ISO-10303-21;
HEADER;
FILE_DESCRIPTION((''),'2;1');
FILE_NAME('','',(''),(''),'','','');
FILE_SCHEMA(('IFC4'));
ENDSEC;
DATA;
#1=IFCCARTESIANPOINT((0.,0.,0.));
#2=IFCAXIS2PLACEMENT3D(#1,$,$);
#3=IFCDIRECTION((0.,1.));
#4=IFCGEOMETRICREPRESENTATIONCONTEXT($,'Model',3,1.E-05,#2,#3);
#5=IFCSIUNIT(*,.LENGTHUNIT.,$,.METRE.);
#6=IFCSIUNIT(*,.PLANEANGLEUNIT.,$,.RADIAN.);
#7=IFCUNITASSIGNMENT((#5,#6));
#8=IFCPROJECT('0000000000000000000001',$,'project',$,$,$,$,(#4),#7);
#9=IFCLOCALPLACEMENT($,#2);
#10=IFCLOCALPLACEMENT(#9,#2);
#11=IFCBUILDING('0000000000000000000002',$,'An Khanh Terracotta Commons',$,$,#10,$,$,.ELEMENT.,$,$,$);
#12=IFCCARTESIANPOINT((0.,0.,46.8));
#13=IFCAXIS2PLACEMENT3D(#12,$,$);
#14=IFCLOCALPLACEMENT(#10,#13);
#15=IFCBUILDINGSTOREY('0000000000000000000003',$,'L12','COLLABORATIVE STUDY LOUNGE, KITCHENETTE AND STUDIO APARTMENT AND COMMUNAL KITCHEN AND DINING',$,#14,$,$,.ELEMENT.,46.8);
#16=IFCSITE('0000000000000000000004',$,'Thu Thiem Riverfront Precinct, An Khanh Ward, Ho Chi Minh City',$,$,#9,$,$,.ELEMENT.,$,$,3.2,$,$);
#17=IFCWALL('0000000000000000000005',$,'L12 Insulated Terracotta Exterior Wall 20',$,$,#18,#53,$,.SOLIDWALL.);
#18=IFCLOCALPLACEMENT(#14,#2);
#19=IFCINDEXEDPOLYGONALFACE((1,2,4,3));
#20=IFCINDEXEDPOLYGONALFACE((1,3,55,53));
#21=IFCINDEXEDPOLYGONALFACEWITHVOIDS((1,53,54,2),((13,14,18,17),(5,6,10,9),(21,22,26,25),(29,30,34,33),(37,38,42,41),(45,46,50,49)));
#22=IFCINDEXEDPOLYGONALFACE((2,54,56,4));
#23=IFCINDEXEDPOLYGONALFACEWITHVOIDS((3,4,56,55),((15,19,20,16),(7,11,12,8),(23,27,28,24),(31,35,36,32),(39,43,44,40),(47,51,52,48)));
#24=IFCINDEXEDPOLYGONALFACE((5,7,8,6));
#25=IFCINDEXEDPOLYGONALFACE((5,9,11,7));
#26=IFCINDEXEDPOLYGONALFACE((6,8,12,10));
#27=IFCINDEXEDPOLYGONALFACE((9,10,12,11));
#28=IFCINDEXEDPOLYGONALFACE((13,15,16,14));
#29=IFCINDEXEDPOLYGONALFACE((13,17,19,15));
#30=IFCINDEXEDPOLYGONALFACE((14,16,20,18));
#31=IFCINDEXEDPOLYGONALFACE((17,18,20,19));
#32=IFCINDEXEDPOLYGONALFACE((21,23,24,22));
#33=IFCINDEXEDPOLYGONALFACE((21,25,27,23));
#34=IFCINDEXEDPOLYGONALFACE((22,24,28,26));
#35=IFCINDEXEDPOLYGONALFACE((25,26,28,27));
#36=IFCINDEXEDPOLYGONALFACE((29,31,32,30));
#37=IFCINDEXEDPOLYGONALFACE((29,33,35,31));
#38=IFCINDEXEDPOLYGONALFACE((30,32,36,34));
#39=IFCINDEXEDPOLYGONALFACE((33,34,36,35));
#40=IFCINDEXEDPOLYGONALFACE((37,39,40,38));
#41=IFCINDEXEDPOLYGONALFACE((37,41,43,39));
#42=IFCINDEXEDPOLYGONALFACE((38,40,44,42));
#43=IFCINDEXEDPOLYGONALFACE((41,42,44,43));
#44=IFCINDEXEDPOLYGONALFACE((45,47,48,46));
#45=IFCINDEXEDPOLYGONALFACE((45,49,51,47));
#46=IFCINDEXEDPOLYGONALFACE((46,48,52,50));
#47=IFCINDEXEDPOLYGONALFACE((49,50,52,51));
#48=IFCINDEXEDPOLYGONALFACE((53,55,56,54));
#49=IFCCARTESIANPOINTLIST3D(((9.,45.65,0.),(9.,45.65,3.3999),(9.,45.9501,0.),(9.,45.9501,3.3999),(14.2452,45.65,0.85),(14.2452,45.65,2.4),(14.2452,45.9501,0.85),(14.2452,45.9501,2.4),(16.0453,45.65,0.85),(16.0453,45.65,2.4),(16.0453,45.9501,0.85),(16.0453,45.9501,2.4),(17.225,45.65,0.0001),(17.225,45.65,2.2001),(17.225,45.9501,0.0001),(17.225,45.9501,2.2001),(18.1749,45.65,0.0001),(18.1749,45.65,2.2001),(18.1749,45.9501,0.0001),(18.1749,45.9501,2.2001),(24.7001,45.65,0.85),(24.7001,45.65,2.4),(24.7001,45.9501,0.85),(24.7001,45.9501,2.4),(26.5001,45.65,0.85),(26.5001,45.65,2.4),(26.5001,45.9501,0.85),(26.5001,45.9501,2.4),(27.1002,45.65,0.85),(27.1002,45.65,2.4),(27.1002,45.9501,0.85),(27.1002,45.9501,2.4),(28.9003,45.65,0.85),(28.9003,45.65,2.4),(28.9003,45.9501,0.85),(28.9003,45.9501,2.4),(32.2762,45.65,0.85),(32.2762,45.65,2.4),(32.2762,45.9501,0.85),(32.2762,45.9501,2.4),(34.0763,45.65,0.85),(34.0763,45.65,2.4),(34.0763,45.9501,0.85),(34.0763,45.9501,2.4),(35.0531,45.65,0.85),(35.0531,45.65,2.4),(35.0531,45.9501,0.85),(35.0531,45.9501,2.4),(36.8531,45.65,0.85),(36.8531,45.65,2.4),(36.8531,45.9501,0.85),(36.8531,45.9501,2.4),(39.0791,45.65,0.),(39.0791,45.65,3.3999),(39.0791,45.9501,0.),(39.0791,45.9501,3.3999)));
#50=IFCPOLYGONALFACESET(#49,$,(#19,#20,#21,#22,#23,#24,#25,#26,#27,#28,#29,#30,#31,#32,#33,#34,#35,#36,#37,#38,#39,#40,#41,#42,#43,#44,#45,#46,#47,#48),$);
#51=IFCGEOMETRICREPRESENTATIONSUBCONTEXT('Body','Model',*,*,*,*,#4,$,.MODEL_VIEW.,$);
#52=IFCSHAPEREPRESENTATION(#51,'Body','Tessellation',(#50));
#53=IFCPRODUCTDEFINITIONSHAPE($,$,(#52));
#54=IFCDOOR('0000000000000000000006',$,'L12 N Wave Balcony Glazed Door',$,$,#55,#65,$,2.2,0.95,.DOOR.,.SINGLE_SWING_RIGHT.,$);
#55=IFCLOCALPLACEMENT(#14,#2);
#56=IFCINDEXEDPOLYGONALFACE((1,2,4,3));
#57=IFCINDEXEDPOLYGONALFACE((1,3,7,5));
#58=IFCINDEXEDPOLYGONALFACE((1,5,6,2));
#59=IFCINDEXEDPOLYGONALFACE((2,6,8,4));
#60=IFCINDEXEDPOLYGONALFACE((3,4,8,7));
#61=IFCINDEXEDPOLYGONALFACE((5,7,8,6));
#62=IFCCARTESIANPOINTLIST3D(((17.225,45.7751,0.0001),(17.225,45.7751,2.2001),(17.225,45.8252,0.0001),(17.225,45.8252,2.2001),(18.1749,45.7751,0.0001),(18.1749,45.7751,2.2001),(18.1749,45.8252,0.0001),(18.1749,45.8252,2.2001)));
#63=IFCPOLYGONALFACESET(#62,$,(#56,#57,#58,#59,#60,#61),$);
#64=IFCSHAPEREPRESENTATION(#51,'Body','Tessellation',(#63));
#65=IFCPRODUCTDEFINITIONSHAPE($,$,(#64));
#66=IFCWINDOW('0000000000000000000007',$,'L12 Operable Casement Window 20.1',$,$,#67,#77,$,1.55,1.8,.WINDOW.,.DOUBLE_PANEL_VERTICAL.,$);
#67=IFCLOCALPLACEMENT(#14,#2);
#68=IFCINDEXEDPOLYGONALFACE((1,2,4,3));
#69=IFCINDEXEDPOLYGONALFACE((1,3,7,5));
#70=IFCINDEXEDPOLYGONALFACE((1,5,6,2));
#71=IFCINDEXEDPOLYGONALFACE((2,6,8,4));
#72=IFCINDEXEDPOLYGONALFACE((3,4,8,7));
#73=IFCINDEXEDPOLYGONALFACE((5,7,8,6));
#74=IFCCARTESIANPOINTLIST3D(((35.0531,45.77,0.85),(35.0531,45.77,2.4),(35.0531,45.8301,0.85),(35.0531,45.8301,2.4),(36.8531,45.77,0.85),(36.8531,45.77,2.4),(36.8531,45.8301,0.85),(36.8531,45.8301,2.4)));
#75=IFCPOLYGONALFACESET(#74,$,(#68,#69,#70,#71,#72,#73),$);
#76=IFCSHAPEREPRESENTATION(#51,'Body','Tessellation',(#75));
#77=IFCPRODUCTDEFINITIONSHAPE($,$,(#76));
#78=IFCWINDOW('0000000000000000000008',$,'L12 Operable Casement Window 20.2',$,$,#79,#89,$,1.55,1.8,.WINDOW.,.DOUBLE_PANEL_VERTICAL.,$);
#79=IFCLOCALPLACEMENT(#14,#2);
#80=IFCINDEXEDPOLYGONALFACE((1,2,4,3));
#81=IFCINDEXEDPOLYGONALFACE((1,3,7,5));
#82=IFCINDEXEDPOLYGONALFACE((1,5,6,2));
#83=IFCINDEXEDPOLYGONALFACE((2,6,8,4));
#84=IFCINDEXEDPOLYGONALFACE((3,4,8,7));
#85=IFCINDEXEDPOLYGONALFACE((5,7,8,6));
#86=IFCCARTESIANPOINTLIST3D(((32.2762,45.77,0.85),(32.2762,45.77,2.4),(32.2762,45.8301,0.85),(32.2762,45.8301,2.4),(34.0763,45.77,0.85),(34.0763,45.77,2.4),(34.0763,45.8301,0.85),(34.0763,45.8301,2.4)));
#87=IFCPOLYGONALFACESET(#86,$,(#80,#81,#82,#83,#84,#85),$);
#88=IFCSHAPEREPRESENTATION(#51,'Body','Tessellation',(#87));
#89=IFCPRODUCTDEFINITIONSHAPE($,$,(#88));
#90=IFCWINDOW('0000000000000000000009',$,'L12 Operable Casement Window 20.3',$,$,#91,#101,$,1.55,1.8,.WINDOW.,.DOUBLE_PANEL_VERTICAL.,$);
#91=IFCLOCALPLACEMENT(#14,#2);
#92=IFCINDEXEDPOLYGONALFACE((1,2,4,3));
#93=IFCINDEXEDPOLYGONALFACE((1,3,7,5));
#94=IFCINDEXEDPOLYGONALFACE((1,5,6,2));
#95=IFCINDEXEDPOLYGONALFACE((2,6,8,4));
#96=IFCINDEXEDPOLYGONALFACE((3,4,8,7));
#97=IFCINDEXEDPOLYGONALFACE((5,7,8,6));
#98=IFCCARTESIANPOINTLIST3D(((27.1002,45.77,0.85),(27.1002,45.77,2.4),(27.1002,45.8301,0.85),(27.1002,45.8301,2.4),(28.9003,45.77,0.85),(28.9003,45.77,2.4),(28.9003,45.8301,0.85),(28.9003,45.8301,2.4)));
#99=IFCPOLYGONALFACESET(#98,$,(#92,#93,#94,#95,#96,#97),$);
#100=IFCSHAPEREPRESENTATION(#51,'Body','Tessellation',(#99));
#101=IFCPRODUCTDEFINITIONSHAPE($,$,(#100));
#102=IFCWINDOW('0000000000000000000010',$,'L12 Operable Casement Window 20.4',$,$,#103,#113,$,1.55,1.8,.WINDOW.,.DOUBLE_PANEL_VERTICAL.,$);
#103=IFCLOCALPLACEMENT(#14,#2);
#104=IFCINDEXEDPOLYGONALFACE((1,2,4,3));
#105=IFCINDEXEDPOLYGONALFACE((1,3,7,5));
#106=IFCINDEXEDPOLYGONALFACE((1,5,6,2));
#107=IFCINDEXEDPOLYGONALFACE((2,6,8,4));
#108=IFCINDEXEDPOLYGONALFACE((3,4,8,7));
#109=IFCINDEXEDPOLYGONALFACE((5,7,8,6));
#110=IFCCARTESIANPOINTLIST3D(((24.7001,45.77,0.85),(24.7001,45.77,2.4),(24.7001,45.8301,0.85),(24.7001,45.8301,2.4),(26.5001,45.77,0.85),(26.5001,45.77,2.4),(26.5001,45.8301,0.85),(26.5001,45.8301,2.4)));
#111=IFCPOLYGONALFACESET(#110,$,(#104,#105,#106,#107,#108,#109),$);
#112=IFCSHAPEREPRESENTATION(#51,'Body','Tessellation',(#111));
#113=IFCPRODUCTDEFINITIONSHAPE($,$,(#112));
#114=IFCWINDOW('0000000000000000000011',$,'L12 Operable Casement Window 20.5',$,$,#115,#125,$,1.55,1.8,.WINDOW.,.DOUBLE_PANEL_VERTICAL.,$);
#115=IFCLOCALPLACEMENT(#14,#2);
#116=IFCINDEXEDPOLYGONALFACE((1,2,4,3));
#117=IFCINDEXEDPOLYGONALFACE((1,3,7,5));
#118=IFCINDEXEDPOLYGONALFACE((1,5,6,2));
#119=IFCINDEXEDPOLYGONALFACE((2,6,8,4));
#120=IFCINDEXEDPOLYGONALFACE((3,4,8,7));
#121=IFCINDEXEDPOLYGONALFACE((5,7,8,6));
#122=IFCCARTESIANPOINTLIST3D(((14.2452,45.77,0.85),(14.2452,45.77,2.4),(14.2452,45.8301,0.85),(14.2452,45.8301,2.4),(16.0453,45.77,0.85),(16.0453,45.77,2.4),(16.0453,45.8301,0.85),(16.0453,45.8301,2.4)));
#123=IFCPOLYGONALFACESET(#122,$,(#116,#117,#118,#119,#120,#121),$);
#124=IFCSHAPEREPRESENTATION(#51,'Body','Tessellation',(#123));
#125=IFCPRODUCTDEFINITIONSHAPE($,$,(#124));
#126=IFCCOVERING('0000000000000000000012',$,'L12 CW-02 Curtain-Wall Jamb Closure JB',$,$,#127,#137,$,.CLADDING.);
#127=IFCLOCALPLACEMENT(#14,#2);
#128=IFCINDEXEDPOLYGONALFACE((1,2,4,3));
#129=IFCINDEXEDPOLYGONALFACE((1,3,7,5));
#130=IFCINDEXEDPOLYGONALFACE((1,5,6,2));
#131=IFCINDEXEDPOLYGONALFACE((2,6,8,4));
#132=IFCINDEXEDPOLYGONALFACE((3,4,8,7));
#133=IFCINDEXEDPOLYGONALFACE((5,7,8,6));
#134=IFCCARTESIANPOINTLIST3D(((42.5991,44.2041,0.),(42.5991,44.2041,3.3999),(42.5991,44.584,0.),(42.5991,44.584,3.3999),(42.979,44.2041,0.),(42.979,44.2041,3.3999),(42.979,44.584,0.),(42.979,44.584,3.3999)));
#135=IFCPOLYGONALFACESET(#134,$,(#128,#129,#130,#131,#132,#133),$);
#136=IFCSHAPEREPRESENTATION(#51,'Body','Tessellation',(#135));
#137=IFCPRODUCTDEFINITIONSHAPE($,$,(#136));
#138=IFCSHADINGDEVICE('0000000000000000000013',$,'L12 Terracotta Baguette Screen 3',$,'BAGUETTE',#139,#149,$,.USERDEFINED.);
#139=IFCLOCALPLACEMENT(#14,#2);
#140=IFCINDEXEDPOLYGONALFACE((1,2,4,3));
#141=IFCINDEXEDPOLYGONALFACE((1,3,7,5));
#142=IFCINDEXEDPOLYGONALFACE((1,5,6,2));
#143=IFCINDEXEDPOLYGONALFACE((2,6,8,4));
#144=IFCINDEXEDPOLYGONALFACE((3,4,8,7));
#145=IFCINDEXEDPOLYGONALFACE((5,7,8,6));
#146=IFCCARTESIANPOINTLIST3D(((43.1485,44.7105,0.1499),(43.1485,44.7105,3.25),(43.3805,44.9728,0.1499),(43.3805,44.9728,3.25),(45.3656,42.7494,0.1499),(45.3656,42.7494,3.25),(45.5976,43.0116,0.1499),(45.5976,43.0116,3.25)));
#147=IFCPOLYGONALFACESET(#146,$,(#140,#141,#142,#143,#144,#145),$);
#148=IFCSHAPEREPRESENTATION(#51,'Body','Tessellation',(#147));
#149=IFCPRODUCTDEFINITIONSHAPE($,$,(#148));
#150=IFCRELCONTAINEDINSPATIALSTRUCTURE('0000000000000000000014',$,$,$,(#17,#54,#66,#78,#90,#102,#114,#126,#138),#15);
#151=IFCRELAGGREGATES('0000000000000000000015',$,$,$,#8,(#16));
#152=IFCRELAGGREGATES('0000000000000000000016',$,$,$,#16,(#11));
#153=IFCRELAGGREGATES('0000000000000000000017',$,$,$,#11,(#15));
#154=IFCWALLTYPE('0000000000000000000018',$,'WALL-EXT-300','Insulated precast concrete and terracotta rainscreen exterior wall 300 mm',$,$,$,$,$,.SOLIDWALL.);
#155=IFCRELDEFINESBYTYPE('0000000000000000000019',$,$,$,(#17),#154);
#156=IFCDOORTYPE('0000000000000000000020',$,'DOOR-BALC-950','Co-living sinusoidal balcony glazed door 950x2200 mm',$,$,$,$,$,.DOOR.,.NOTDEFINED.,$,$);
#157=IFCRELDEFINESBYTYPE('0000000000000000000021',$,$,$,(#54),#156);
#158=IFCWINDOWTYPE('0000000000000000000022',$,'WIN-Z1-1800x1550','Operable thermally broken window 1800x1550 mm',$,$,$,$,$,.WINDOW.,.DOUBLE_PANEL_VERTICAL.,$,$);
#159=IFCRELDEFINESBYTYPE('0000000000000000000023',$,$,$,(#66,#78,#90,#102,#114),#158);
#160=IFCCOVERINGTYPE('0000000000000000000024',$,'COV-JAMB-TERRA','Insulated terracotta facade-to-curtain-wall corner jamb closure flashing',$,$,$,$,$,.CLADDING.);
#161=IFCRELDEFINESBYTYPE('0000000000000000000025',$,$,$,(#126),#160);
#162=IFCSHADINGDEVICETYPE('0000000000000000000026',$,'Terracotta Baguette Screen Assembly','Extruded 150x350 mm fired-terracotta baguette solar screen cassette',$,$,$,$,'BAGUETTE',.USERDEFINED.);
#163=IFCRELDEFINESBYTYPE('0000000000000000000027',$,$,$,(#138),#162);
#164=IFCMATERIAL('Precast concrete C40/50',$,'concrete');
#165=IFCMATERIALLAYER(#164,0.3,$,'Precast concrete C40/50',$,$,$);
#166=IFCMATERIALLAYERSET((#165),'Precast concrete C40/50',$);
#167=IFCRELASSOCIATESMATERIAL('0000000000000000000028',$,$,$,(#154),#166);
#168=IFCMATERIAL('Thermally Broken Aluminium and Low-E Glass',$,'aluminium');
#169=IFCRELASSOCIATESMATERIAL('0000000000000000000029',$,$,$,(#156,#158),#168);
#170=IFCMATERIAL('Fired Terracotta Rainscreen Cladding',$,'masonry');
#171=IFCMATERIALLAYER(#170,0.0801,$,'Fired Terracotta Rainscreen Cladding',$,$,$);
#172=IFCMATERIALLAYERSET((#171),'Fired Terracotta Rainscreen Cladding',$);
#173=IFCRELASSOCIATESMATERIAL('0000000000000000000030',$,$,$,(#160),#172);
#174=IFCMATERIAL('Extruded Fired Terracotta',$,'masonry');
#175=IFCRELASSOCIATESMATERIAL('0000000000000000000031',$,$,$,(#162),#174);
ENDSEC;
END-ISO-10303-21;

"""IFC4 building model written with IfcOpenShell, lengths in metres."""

from ifc_helpers import new_model, si_unit, direction, frame, frame_2d, origin, origin_2d, place, context, subcontext, project, spatial, rectangle, extrude, material, layer, layer_set, type_object, element, fill, save


model = new_model("IFC4")

# Units and contexts
model_context = context("Model", 3, precision=1e-05, world=origin(), true_north=direction((0.0, 1.0)))
body_context = subcontext(model_context, "Body", "Model", "MODEL_VIEW")
ifc_project = project(units=[si_unit("LENGTHUNIT", "METRE"), si_unit("PLANEANGLEUNIT", "RADIAN")], contexts=[model_context])

# Site, building, storey
site_placement = place(None, origin())
site = spatial("IfcSite", under=ifc_project, at=site_placement, Name="Thu Thiem Riverfront Precinct, An Khanh Ward, Ho Chi Minh City", CompositionType="ELEMENT", RefElevation=3.2)
building_placement = place(site_placement, origin())
building = spatial("IfcBuilding", under=site, at=building_placement, Name="An Khanh Terracotta Commons", CompositionType="ELEMENT")
storey_placement = place(building_placement, frame((0.0, 0.0, 46.8)))
storey = spatial("IfcBuildingStorey", under=building, at=storey_placement, Name="L12", Description="COLLABORATIVE STUDY LOUNGE, KITCHENETTE AND STUDIO APARTMENT AND COMMUNAL KITCHEN AND DINING", CompositionType="ELEMENT", Elevation=46.8)

# Shared definitions
ifc_material_1 = material(Name="Precast concrete C40/50", Category="concrete")
ifc_layer_1 = layer(ifc_material_1, 0.3, Name="Precast concrete C40/50")
ifc_layer_set_1 = layer_set([ifc_layer_1], Name="Precast concrete C40/50")
wall_type_1 = type_object("IfcWallType", Name="WALL-EXT-300", Description="Insulated precast concrete and terracotta rainscreen exterior wall 300 mm", PredefinedType="SOLIDWALL", material=ifc_layer_set_1)

# Wall, openings, door, windows
wall_1_placement = place(storey_placement, frame((39.0791, 45.8, 0.0), z_axis=(0.0, 0.0, 1.0), x_axis=(-1.0, 0.0, 0.0)))
wall_1 = element("IfcWall", 1, at=wall_1_placement, inside=storey, type_object=wall_type_1, Name="L12 Insulated Terracotta Exterior Wall 20", PredefinedType="SOLIDWALL", context=body_context, shape_type="SweptSolid", body=[
    extrude(rectangle(XDim=30.0791, YDim=0.3, at=frame_2d((15.0396, 0.0))), origin(), (0.0, 0.0, 1.0), 3.3999),
])
opening_1_placement = place(wall_1_placement, frame((20.9041, 0.0, 0.0)))
opening_1 = element("IfcOpeningElement", 2, at=opening_1_placement, cuts=wall_1, PredefinedType="OPENING", context=body_context, shape_type="SweptSolid", body=[
    extrude(rectangle(XDim=0.95, YDim=2.2, at=frame_2d((0.4751, 1.1001))), frame((0.0, 0.1599, 0.0), z_axis=(0.0, -1.0, 0.0), x_axis=(1.0, 0.0, 0.0)), (0.0, 0.0, 1.0), 0.3201),
])
opening_2_placement = place(wall_1_placement, frame((2.2261, 0.0, 0.8501)))
opening_2 = element("IfcOpeningElement", 3, at=opening_2_placement, cuts=wall_1, PredefinedType="OPENING", context=body_context, shape_type="SweptSolid", body=[
    extrude(rectangle(XDim=1.8, YDim=1.55, at=frame_2d((0.8999, 0.7749))), frame((0.0, 0.1599, 0.0), z_axis=(0.0, -1.0, 0.0), x_axis=(1.0, 0.0, 0.0)), (0.0, 0.0, 1.0), 0.3201),
])
opening_3_placement = place(wall_1_placement, frame((5.0029, 0.0, 0.8501)))
opening_3 = element("IfcOpeningElement", 4, at=opening_3_placement, cuts=wall_1, PredefinedType="OPENING", context=body_context, shape_type="SweptSolid", body=[
    extrude(rectangle(XDim=1.8, YDim=1.55, at=frame_2d((0.8999, 0.7749))), frame((0.0, 0.1599, 0.0), z_axis=(0.0, -1.0, 0.0), x_axis=(1.0, 0.0, 0.0)), (0.0, 0.0, 1.0), 0.3201),
])
opening_4_placement = place(wall_1_placement, frame((10.179, 0.0, 0.8501)))
opening_4 = element("IfcOpeningElement", 5, at=opening_4_placement, cuts=wall_1, PredefinedType="OPENING", context=body_context, shape_type="SweptSolid", body=[
    extrude(rectangle(XDim=1.8, YDim=1.55, at=frame_2d((0.8999, 0.7749))), frame((0.0, 0.1599, 0.0), z_axis=(0.0, -1.0, 0.0), x_axis=(1.0, 0.0, 0.0)), (0.0, 0.0, 1.0), 0.3201),
])
opening_5_placement = place(wall_1_placement, frame((12.5791, 0.0, 0.8501)))
opening_5 = element("IfcOpeningElement", 6, at=opening_5_placement, cuts=wall_1, PredefinedType="OPENING", context=body_context, shape_type="SweptSolid", body=[
    extrude(rectangle(XDim=1.8, YDim=1.55, at=frame_2d((0.8999, 0.7749))), frame((0.0, 0.1599, 0.0), z_axis=(0.0, -1.0, 0.0), x_axis=(1.0, 0.0, 0.0)), (0.0, 0.0, 1.0), 0.3201),
])
opening_6_placement = place(wall_1_placement, frame((23.0339, 0.0, 0.8501)))
opening_6 = element("IfcOpeningElement", 7, at=opening_6_placement, cuts=wall_1, PredefinedType="OPENING", context=body_context, shape_type="SweptSolid", body=[
    extrude(rectangle(XDim=1.8, YDim=1.55, at=frame_2d((0.8999, 0.7749))), frame((0.0, 0.1599, 0.0), z_axis=(0.0, -1.0, 0.0), x_axis=(1.0, 0.0, 0.0)), (0.0, 0.0, 1.0), 0.3201),
])
ifc_material_2 = material(Name="Thermally Broken Aluminium and Low-E Glass", Category="aluminium")
door_type_1 = type_object("IfcDoorType", Name="DOOR-BALC-950", Description="Co-living sinusoidal balcony glazed door 950x2200 mm", OperationType="NOTDEFINED", PredefinedType="DOOR", material=ifc_material_2)
door_1_placement = place(opening_1_placement, origin())
door_1 = element("IfcDoor", 8, at=door_1_placement, inside=storey, type_object=door_type_1, Name="L12 N Wave Balcony Glazed Door", OperationType="SINGLE_SWING_RIGHT", OverallHeight=2.2, OverallWidth=0.95, PredefinedType="DOOR", context=body_context, shape_type="SweptSolid", body=[
    extrude(rectangle(XDim=0.95, YDim=2.2, at=frame_2d((0.4751, 1.1001))), frame((0.0, 0.0249, 0.0), z_axis=(0.0, -1.0, 0.0), x_axis=(1.0, 0.0, 0.0)), (0.0, 0.0, 1.0), 0.05),
])
fill(opening_1, door_1)
window_type = type_object("IfcWindowType", Name="WIN-Z1-1800x1550", Description="Operable thermally broken window 1800x1550 mm", PartitioningType="DOUBLE_PANEL_VERTICAL", PredefinedType="WINDOW", material=ifc_material_2)
window_1_placement = place(opening_2_placement, origin())
window_1 = element("IfcWindow", 9, at=window_1_placement, inside=storey, type_object=window_type, Name="L12 Operable Casement Window 20.1", OverallHeight=1.55, OverallWidth=1.8, PartitioningType="DOUBLE_PANEL_VERTICAL", PredefinedType="WINDOW", context=body_context, shape_type="SweptSolid", body=[
    extrude(rectangle(XDim=1.8, YDim=1.55, at=frame_2d((0.8999, 0.7749))), frame((0.0, 0.03, 0.0), z_axis=(0.0, -1.0, 0.0), x_axis=(1.0, 0.0, 0.0)), (0.0, 0.0, 1.0), 0.0601),
])
fill(opening_2, window_1)
window_2_placement = place(opening_3_placement, origin())
window_2 = element("IfcWindow", 10, at=window_2_placement, inside=storey, type_object=window_type, Name="L12 Operable Casement Window 20.2", OverallHeight=1.55, OverallWidth=1.8, PartitioningType="DOUBLE_PANEL_VERTICAL", PredefinedType="WINDOW", context=body_context, shape_type="SweptSolid", body=[
    extrude(rectangle(XDim=1.8, YDim=1.55, at=frame_2d((0.8999, 0.7749))), frame((0.0, 0.03, 0.0), z_axis=(0.0, -1.0, 0.0), x_axis=(1.0, 0.0, 0.0)), (0.0, 0.0, 1.0), 0.0601),
])
fill(opening_3, window_2)
window_3_placement = place(opening_4_placement, origin())
window_3 = element("IfcWindow", 11, at=window_3_placement, inside=storey, type_object=window_type, Name="L12 Operable Casement Window 20.3", OverallHeight=1.55, OverallWidth=1.8, PartitioningType="DOUBLE_PANEL_VERTICAL", PredefinedType="WINDOW", context=body_context, shape_type="SweptSolid", body=[
    extrude(rectangle(XDim=1.8, YDim=1.55, at=frame_2d((0.8999, 0.7749))), frame((0.0, 0.03, 0.0), z_axis=(0.0, -1.0, 0.0), x_axis=(1.0, 0.0, 0.0)), (0.0, 0.0, 1.0), 0.0601),
])
fill(opening_4, window_3)
window_4_placement = place(opening_5_placement, origin())
window_4 = element("IfcWindow", 12, at=window_4_placement, inside=storey, type_object=window_type, Name="L12 Operable Casement Window 20.4", OverallHeight=1.55, OverallWidth=1.8, PartitioningType="DOUBLE_PANEL_VERTICAL", PredefinedType="WINDOW", context=body_context, shape_type="SweptSolid", body=[
    extrude(rectangle(XDim=1.8, YDim=1.55, at=frame_2d((0.8999, 0.7749))), frame((0.0, 0.03, 0.0), z_axis=(0.0, -1.0, 0.0), x_axis=(1.0, 0.0, 0.0)), (0.0, 0.0, 1.0), 0.0601),
])
fill(opening_5, window_4)
window_5_placement = place(opening_6_placement, origin())
window_5 = element("IfcWindow", 13, at=window_5_placement, inside=storey, type_object=window_type, Name="L12 Operable Casement Window 20.5", OverallHeight=1.55, OverallWidth=1.8, PartitioningType="DOUBLE_PANEL_VERTICAL", PredefinedType="WINDOW", context=body_context, shape_type="SweptSolid", body=[
    extrude(rectangle(XDim=1.8, YDim=1.55, at=frame_2d((0.8999, 0.7749))), frame((0.0, 0.03, 0.0), z_axis=(0.0, -1.0, 0.0), x_axis=(1.0, 0.0, 0.0)), (0.0, 0.0, 1.0), 0.0601),
])
fill(opening_6, window_5)

# Covering
ifc_material_3 = material(Name="Fired Terracotta Rainscreen Cladding", Category="masonry")
ifc_layer_2 = layer(ifc_material_3, 0.0801, Name="Fired Terracotta Rainscreen Cladding")
ifc_layer_set_2 = layer_set([ifc_layer_2], Name="Fired Terracotta Rainscreen Cladding")
covering_type = type_object("IfcCoveringType", Name="COV-JAMB-TERRA", Description="Insulated terracotta facade-to-curtain-wall corner jamb closure flashing", PredefinedType="CLADDING", material=ifc_layer_set_2)
covering_placement = place(storey_placement, frame((42.7891, 44.394, 0.0), z_axis=(0.0, 0.0, 1.0), x_axis=(1.0, 0.0, 0.0)))
element("IfcCovering", 14, at=covering_placement, inside=storey, type_object=covering_type, Name="L12 CW-02 Curtain-Wall Jamb Closure JB", PredefinedType="CLADDING", context=body_context, shape_type="SweptSolid", body=[
    extrude(rectangle(XDim=0.3799, YDim=0.3799, at=origin_2d()), origin(), (0.0, 0.0, 1.0), 3.3999),
])

# Shading device
ifc_material_4 = material(Name="Extruded Fired Terracotta", Category="masonry")
shading_device_type = type_object("IfcShadingDeviceType", Name="Terracotta Baguette Screen Assembly", Description="Extruded 150x350 mm fired-terracotta baguette solar screen cassette", ElementType="BAGUETTE", PredefinedType="USERDEFINED", material=ifc_material_4)
shading_device_placement = place(storey_placement, frame((44.373, 43.8611, 0.1499), z_axis=(0.0, 0.0, 1.0), x_axis=(-0.749019, 0.662548, 0.0)))
element("IfcShadingDevice", 15, at=shading_device_placement, inside=storey, type_object=shading_device_type, Name="L12 Terracotta Baguette Screen 3", ObjectType="BAGUETTE", PredefinedType="USERDEFINED", context=body_context, shape_type="SweptSolid", body=[
    extrude(rectangle(XDim=2.96, YDim=0.3501, at=origin_2d()), origin(), (0.0, 0.0, 1.0), 3.1001),
])

save(model, "model.ifc")
